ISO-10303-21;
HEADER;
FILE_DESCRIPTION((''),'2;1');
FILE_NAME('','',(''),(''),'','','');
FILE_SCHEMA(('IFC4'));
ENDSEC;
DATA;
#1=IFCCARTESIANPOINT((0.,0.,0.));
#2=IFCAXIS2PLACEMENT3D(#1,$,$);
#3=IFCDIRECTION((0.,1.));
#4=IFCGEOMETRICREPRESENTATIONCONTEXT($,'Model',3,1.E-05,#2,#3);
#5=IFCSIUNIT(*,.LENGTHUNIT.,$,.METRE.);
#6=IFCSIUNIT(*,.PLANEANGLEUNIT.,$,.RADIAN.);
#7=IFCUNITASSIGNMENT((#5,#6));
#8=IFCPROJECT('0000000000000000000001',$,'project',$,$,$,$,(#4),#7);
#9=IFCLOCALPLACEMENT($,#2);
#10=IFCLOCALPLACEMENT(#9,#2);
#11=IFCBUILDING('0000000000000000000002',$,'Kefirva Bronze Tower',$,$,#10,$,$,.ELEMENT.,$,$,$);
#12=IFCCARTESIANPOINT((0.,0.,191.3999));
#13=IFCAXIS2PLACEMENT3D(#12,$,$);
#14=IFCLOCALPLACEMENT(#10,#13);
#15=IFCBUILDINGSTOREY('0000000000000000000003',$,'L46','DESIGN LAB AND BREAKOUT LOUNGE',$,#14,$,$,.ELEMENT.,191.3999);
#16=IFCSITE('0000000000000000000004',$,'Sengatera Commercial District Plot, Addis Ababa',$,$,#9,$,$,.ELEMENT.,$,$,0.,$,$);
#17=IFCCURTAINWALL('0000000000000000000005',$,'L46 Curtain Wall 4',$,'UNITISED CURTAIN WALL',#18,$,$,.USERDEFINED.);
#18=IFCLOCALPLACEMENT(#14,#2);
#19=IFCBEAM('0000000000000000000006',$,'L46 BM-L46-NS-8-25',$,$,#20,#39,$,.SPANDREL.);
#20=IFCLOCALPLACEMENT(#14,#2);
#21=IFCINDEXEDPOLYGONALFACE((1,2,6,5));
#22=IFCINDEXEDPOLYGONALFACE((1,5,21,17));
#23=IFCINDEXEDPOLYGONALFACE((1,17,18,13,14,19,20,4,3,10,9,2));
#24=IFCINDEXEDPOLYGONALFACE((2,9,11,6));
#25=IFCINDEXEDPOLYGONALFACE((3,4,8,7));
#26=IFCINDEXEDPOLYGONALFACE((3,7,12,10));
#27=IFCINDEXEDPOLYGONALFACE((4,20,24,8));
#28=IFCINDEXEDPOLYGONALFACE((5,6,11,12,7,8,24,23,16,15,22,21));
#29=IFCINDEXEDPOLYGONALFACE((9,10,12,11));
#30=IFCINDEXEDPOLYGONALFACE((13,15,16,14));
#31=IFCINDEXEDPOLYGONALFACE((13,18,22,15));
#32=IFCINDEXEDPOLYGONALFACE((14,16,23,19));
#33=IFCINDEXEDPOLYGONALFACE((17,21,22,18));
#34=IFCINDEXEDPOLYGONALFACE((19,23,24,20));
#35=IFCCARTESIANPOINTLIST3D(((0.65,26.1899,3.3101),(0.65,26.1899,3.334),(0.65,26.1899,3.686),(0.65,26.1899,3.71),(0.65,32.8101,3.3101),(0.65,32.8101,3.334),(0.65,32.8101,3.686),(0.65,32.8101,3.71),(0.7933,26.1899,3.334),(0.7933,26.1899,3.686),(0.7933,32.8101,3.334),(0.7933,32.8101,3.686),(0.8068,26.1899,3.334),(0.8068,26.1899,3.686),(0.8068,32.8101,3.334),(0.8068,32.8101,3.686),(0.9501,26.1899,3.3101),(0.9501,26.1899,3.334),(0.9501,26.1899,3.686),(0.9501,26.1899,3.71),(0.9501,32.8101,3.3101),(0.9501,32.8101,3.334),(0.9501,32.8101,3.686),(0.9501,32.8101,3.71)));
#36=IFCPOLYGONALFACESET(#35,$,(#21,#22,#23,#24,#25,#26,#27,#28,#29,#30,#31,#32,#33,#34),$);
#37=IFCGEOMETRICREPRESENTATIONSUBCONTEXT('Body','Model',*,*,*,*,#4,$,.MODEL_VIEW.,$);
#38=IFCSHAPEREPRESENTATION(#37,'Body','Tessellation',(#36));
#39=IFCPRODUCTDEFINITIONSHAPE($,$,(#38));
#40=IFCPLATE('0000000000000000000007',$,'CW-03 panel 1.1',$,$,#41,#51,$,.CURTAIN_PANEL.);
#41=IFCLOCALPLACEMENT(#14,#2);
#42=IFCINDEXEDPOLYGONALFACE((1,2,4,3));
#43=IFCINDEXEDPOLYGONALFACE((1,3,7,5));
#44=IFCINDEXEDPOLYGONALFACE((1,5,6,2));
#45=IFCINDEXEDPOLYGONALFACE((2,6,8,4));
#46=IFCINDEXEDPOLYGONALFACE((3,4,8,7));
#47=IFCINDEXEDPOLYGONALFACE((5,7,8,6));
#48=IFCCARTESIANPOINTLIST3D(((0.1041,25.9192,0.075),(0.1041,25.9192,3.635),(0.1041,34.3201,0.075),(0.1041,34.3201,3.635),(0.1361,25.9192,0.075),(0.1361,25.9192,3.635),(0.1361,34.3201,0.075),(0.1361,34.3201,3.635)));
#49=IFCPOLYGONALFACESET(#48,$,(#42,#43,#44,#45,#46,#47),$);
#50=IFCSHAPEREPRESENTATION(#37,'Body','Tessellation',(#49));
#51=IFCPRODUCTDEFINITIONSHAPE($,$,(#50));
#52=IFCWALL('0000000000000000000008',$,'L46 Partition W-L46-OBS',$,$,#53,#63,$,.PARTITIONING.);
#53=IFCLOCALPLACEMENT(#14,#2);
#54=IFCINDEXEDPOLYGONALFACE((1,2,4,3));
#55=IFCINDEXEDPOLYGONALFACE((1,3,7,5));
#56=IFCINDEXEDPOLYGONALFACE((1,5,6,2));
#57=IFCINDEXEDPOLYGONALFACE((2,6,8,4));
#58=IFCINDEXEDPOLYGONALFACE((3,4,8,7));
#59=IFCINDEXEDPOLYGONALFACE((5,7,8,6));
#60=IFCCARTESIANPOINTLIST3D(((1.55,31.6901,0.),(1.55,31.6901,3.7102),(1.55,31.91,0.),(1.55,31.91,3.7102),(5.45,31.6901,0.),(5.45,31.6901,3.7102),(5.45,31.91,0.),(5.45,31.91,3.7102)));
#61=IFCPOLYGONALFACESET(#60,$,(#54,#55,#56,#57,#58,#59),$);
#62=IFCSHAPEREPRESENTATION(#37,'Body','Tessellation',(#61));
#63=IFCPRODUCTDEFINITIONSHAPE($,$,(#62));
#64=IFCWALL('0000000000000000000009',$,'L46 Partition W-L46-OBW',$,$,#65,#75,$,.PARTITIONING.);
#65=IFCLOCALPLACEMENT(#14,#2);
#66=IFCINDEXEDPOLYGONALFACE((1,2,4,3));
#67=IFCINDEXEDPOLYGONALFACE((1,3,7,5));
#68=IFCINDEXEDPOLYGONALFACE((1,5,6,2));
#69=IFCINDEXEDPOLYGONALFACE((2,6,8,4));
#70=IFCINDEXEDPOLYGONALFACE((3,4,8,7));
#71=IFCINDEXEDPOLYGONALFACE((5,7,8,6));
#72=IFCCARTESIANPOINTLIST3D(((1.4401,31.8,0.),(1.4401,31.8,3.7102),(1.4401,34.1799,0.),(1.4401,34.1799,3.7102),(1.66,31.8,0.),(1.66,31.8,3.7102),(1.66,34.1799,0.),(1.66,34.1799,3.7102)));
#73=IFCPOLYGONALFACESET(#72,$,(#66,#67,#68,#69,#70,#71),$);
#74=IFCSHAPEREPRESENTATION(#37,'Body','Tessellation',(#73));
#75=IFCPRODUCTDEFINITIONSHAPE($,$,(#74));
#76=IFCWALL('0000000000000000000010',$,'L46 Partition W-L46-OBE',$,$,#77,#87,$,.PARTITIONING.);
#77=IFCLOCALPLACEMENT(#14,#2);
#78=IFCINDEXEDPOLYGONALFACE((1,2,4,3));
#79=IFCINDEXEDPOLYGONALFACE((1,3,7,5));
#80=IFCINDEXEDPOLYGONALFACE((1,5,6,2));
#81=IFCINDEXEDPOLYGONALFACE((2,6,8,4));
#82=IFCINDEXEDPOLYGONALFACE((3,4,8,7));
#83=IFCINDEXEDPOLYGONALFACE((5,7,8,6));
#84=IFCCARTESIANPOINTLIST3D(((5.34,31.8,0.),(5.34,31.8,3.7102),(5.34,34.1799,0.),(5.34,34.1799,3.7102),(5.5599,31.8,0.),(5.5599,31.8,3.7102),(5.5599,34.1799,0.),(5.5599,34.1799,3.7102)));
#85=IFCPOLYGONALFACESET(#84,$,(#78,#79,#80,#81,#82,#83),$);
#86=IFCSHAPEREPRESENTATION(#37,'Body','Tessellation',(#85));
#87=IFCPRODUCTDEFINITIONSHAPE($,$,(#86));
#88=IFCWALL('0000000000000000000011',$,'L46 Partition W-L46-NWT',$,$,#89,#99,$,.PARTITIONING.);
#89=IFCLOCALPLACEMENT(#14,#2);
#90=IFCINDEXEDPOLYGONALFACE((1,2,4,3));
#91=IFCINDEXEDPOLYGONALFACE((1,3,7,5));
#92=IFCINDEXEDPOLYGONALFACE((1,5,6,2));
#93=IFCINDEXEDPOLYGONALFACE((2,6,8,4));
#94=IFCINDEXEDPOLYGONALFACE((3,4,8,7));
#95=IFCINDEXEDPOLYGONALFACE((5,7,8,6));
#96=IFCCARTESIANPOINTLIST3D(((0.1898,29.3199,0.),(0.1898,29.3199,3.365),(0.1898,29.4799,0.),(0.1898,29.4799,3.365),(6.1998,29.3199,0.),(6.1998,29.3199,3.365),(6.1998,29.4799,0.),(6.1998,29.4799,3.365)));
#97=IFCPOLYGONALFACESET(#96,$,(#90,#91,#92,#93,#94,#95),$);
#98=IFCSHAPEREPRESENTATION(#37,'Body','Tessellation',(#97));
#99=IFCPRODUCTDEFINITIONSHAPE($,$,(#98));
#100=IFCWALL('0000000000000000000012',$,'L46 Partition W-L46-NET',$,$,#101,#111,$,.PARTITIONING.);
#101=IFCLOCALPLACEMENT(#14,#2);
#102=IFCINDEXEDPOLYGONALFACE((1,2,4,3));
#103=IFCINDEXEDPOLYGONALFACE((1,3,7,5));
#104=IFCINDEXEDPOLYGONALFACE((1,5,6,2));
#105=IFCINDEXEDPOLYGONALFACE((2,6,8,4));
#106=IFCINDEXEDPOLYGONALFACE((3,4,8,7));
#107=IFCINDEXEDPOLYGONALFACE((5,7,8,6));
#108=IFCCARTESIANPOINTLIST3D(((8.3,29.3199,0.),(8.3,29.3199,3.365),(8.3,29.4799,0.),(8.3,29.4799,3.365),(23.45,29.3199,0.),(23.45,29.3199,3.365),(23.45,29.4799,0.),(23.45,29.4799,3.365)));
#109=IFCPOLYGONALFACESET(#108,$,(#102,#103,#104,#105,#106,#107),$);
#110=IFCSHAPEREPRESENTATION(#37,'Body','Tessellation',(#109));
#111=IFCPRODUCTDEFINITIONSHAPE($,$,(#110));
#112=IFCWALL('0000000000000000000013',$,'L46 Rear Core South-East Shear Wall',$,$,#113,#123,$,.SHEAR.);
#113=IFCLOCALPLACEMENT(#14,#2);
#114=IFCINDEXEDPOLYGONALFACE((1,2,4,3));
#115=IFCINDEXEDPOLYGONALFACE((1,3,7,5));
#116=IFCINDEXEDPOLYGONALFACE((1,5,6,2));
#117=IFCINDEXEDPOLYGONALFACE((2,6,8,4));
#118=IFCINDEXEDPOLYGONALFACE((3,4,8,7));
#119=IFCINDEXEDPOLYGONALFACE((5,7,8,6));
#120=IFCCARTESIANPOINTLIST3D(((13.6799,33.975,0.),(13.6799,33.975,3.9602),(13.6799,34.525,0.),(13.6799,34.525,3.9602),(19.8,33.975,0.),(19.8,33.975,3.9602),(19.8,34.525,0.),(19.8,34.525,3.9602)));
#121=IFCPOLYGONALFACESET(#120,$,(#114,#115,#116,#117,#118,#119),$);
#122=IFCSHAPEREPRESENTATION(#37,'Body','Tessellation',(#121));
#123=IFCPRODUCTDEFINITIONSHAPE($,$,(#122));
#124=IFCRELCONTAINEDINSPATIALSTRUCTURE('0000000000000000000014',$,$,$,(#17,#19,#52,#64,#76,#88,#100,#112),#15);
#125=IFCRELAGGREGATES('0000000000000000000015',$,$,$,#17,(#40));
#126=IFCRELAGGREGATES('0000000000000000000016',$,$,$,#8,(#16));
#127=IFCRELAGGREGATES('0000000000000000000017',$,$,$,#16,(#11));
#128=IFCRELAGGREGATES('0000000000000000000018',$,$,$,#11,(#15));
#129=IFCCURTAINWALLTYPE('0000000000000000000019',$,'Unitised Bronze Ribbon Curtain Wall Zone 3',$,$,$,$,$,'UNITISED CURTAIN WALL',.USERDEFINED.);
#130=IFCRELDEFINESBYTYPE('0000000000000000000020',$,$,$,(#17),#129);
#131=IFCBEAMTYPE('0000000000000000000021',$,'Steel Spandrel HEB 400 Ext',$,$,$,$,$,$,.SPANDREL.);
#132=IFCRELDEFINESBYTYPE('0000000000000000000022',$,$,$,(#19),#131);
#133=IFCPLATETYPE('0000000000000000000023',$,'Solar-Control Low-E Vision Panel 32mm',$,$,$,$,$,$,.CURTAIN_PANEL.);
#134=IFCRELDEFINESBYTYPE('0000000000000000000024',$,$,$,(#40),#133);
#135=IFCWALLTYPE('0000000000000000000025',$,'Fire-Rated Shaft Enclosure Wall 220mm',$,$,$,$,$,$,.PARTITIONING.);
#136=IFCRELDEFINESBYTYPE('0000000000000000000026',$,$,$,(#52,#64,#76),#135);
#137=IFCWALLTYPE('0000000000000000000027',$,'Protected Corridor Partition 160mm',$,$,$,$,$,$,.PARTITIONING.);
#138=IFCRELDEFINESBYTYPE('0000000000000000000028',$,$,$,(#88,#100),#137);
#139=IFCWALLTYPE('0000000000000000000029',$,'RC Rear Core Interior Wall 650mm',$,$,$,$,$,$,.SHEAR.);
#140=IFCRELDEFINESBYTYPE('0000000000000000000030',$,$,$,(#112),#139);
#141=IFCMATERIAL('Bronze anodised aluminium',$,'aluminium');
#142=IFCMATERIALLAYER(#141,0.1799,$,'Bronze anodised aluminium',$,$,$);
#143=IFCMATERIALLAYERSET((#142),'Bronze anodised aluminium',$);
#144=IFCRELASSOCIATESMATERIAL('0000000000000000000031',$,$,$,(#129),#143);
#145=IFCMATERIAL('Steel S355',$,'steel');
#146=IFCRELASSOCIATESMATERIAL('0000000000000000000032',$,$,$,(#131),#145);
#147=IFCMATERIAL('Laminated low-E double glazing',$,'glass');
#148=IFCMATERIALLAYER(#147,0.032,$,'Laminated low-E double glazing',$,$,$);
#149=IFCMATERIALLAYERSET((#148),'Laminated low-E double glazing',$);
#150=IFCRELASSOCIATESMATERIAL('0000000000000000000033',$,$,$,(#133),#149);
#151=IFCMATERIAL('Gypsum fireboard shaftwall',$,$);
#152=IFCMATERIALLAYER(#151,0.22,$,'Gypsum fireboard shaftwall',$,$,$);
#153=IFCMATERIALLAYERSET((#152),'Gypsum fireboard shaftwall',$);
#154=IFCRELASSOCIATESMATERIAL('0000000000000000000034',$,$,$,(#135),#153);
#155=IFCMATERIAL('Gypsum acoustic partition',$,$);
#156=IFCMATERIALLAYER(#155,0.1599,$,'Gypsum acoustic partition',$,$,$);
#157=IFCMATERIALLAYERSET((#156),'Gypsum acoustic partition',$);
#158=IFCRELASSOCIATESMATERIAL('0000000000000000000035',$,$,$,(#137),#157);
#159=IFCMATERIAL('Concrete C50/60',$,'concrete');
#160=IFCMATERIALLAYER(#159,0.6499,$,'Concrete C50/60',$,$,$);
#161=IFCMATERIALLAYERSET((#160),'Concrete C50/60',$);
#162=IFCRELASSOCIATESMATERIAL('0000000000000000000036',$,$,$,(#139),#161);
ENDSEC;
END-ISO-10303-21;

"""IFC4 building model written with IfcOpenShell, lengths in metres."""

from ifc_helpers import new_model, si_unit, direction, frame, frame_2d, origin, origin_2d, place, context, subcontext, project, spatial, rectangle, i_section, extrude, material, layer, layer_set, material_profile, profile_set, type_object, element, aggregate, save


model = new_model("IFC4")

# Units and contexts
model_context = context("Model", 3, precision=1e-05, world=origin(), true_north=direction((0.0, 1.0)))
body_context = subcontext(model_context, "Body", "Model", "MODEL_VIEW")
ifc_project = project(units=[si_unit("LENGTHUNIT", "METRE"), si_unit("PLANEANGLEUNIT", "RADIAN")], contexts=[model_context])

# Site, building, storey
site_placement = place(None, origin())
site = spatial("IfcSite", under=ifc_project, at=site_placement, Name="Sengatera Commercial District Plot, Addis Ababa", CompositionType="ELEMENT", RefElevation=0.0)
building_placement = place(site_placement, origin())
building = spatial("IfcBuilding", under=site, at=building_placement, Name="Kefirva Bronze Tower", CompositionType="ELEMENT")
storey_placement = place(building_placement, frame((0.0, 0.0, 191.3999)))
storey = spatial("IfcBuildingStorey", under=building, at=storey_placement, Name="L46", Description="DESIGN LAB AND BREAKOUT LOUNGE", CompositionType="ELEMENT", Elevation=191.3999)

# Shared definitions
ifc_material_1 = material(Name="Concrete C50/60", Category="concrete")

# Curtain wall
ifc_material_2 = material(Name="Bronze anodised aluminium", Category="aluminium")
ifc_layer_1 = layer(ifc_material_2, 0.1799, Name="Bronze anodised aluminium")
ifc_layer_set_1 = layer_set([ifc_layer_1], Name="Bronze anodised aluminium")
curtain_wall_type = type_object("IfcCurtainWallType", Name="Unitised Bronze Ribbon Curtain Wall Zone 3", ElementType="UNITISED CURTAIN WALL", PredefinedType="USERDEFINED", material=ifc_layer_set_1)
curtain_wall_placement = place(storey_placement, origin())
curtain_wall = element("IfcCurtainWall", 1, at=curtain_wall_placement, inside=storey, type_object=curtain_wall_type, Name="L46 Curtain Wall 4", ObjectType="UNITISED CURTAIN WALL", PredefinedType="USERDEFINED")

# Beam
ifc_material_3 = material(Name="Steel S355", Category="steel")
ifc_material_profile_1 = material_profile(ifc_material_3, i_section(OverallWidth=0.3, OverallDepth=0.3999, WebThickness=0.0134, FlangeThickness=0.0239, at=origin_2d()), Name="HEB 400")
ifc_profile_set_1 = profile_set([ifc_material_profile_1], Name="Steel S355")
beam_type_1 = type_object("IfcBeamType", Name="Steel Spandrel HEB 400 Ext", PredefinedType="SPANDREL", material=ifc_profile_set_1)
beam_1_placement = place(storey_placement, frame((0.8, 26.1899, 3.51), z_axis=(0.0, 1.0, 0.0), x_axis=(-1.0, 0.0, 0.0)))
element("IfcBeam", 2, at=beam_1_placement, inside=storey, type_object=beam_type_1, Name="L46 BM-L46-NS-8-25", PredefinedType="SPANDREL", context=body_context, shape_type="SweptSolid", body=[
    extrude(i_section(OverallWidth=0.3, OverallDepth=0.3999, WebThickness=0.0134, FlangeThickness=0.0239, at=origin_2d()), origin(), (0.0, 0.0, 1.0), 6.6201),
])

# Plate
ifc_material_4 = material(Name="Laminated low-E double glazing", Category="glass")
ifc_layer_2 = layer(ifc_material_4, 0.032, Name="Laminated low-E double glazing")
ifc_layer_set_2 = layer_set([ifc_layer_2], Name="Laminated low-E double glazing")
plate_type = type_object("IfcPlateType", Name="Solar-Control Low-E Vision Panel 32mm", PredefinedType="CURTAIN_PANEL", material=ifc_layer_set_2)
plate_placement = place(storey_placement, frame((0.1201, 30.1196, 0.075), z_axis=(0.0, 0.0, 1.0), x_axis=(0.0, -1.0, 0.0)))
plate = element("IfcPlate", 3, at=plate_placement, type_object=plate_type, Name="CW-03 panel 1.1", PredefinedType="CURTAIN_PANEL", context=body_context, shape_type="SweptSolid", body=[
    extrude(rectangle(XDim=8.4009, YDim=0.032, at=origin_2d()), origin(), (0.0, 0.0, 1.0), 3.5601),
])
aggregate(curtain_wall, [plate])

# Walls
ifc_material_5 = material(Name="Gypsum fireboard shaftwall")
ifc_layer_3 = layer(ifc_material_5, 0.22, Name="Gypsum fireboard shaftwall")
ifc_layer_set_3 = layer_set([ifc_layer_3], Name="Gypsum fireboard shaftwall")
wall_type_1 = type_object("IfcWallType", Name="Fire-Rated Shaft Enclosure Wall 220mm", PredefinedType="PARTITIONING", material=ifc_layer_set_3)
wall_1_placement = place(storey_placement, frame((1.55, 31.8, 0.0), z_axis=(0.0, 0.0, 1.0), x_axis=(1.0, 0.0, 0.0)))
element("IfcWall", 4, at=wall_1_placement, inside=storey, type_object=wall_type_1, Name="L46 Partition W-L46-OBS", PredefinedType="PARTITIONING", context=body_context, shape_type="SweptSolid", body=[
    extrude(rectangle(XDim=3.8999, YDim=0.22, at=frame_2d((1.95, 0.0))), origin(), (0.0, 0.0, 1.0), 3.7102),
])
for number, where, z_axis, x_axis, name in (
    (5, (1.55, 31.8, 0.0), (0.0, 0.0, 1.0), (0.0, 1.0, 0.0), "L46 Partition W-L46-OBW"),
    (6, (5.45, 31.8, 0.0), (0.0, 0.0, 1.0), (0.0, 1.0, 0.0), "L46 Partition W-L46-OBE"),
):
    element("IfcWall", number, at=place(storey_placement, frame(where, z_axis=z_axis, x_axis=x_axis)), inside=storey, type_object=wall_type_1, Name=name, PredefinedType="PARTITIONING", context=body_context, shape_type="SweptSolid", body=[
        extrude(rectangle(XDim=2.3799, YDim=0.22, at=frame_2d((1.1899, 0.0))), origin(), (0.0, 0.0, 1.0), 3.7102),
    ])
ifc_material_6 = material(Name="Gypsum acoustic partition")
ifc_layer_4 = layer(ifc_material_6, 0.1599, Name="Gypsum acoustic partition")
ifc_layer_set_4 = layer_set([ifc_layer_4], Name="Gypsum acoustic partition")
wall_type_2 = type_object("IfcWallType", Name="Protected Corridor Partition 160mm", PredefinedType="PARTITIONING", material=ifc_layer_set_4)
wall_2_placement = place(storey_placement, frame((0.1899, 29.3999, 0.0), z_axis=(0.0, 0.0, 1.0), x_axis=(1.0, 0.0, 0.0)))
element("IfcWall", 7, at=wall_2_placement, inside=storey, type_object=wall_type_2, Name="L46 Partition W-L46-NWT", PredefinedType="PARTITIONING", context=body_context, shape_type="SweptSolid", body=[
    extrude(rectangle(XDim=6.01, YDim=0.1599, at=frame_2d((3.0049, 0.0))), origin(), (0.0, 0.0, 1.0), 3.365),
])
wall_3_placement = place(storey_placement, frame((8.3, 29.3999, 0.0), z_axis=(0.0, 0.0, 1.0), x_axis=(1.0, 0.0, 0.0)))
element("IfcWall", 8, at=wall_3_placement, inside=storey, type_object=wall_type_2, Name="L46 Partition W-L46-NET", PredefinedType="PARTITIONING", context=body_context, shape_type="SweptSolid", body=[
    extrude(rectangle(XDim=15.1499, YDim=0.1599, at=frame_2d((7.575, 0.0))), origin(), (0.0, 0.0, 1.0), 3.365),
])

# Shared definitions
ifc_layer_5 = layer(ifc_material_1, 0.6499, Name="Concrete C50/60")
ifc_layer_set_5 = layer_set([ifc_layer_5], Name="Concrete C50/60")
wall_type_3 = type_object("IfcWallType", Name="RC Rear Core Interior Wall 650mm", PredefinedType="SHEAR", material=ifc_layer_set_5)

# Wall
wall_4_placement = place(storey_placement, frame((13.6799, 34.25, 0.0), z_axis=(0.0, 0.0, 1.0), x_axis=(1.0, 0.0, 0.0)))
element("IfcWall", 9, at=wall_4_placement, inside=storey, type_object=wall_type_3, Name="L46 Rear Core South-East Shear Wall", PredefinedType="SHEAR", context=body_context, shape_type="SweptSolid", body=[
    extrude(rectangle(XDim=6.1201, YDim=0.55, at=frame_2d((3.0601, 0.0))), origin(), (0.0, 0.0, 1.0), 3.9602),
])

save(model, "model.ifc")
